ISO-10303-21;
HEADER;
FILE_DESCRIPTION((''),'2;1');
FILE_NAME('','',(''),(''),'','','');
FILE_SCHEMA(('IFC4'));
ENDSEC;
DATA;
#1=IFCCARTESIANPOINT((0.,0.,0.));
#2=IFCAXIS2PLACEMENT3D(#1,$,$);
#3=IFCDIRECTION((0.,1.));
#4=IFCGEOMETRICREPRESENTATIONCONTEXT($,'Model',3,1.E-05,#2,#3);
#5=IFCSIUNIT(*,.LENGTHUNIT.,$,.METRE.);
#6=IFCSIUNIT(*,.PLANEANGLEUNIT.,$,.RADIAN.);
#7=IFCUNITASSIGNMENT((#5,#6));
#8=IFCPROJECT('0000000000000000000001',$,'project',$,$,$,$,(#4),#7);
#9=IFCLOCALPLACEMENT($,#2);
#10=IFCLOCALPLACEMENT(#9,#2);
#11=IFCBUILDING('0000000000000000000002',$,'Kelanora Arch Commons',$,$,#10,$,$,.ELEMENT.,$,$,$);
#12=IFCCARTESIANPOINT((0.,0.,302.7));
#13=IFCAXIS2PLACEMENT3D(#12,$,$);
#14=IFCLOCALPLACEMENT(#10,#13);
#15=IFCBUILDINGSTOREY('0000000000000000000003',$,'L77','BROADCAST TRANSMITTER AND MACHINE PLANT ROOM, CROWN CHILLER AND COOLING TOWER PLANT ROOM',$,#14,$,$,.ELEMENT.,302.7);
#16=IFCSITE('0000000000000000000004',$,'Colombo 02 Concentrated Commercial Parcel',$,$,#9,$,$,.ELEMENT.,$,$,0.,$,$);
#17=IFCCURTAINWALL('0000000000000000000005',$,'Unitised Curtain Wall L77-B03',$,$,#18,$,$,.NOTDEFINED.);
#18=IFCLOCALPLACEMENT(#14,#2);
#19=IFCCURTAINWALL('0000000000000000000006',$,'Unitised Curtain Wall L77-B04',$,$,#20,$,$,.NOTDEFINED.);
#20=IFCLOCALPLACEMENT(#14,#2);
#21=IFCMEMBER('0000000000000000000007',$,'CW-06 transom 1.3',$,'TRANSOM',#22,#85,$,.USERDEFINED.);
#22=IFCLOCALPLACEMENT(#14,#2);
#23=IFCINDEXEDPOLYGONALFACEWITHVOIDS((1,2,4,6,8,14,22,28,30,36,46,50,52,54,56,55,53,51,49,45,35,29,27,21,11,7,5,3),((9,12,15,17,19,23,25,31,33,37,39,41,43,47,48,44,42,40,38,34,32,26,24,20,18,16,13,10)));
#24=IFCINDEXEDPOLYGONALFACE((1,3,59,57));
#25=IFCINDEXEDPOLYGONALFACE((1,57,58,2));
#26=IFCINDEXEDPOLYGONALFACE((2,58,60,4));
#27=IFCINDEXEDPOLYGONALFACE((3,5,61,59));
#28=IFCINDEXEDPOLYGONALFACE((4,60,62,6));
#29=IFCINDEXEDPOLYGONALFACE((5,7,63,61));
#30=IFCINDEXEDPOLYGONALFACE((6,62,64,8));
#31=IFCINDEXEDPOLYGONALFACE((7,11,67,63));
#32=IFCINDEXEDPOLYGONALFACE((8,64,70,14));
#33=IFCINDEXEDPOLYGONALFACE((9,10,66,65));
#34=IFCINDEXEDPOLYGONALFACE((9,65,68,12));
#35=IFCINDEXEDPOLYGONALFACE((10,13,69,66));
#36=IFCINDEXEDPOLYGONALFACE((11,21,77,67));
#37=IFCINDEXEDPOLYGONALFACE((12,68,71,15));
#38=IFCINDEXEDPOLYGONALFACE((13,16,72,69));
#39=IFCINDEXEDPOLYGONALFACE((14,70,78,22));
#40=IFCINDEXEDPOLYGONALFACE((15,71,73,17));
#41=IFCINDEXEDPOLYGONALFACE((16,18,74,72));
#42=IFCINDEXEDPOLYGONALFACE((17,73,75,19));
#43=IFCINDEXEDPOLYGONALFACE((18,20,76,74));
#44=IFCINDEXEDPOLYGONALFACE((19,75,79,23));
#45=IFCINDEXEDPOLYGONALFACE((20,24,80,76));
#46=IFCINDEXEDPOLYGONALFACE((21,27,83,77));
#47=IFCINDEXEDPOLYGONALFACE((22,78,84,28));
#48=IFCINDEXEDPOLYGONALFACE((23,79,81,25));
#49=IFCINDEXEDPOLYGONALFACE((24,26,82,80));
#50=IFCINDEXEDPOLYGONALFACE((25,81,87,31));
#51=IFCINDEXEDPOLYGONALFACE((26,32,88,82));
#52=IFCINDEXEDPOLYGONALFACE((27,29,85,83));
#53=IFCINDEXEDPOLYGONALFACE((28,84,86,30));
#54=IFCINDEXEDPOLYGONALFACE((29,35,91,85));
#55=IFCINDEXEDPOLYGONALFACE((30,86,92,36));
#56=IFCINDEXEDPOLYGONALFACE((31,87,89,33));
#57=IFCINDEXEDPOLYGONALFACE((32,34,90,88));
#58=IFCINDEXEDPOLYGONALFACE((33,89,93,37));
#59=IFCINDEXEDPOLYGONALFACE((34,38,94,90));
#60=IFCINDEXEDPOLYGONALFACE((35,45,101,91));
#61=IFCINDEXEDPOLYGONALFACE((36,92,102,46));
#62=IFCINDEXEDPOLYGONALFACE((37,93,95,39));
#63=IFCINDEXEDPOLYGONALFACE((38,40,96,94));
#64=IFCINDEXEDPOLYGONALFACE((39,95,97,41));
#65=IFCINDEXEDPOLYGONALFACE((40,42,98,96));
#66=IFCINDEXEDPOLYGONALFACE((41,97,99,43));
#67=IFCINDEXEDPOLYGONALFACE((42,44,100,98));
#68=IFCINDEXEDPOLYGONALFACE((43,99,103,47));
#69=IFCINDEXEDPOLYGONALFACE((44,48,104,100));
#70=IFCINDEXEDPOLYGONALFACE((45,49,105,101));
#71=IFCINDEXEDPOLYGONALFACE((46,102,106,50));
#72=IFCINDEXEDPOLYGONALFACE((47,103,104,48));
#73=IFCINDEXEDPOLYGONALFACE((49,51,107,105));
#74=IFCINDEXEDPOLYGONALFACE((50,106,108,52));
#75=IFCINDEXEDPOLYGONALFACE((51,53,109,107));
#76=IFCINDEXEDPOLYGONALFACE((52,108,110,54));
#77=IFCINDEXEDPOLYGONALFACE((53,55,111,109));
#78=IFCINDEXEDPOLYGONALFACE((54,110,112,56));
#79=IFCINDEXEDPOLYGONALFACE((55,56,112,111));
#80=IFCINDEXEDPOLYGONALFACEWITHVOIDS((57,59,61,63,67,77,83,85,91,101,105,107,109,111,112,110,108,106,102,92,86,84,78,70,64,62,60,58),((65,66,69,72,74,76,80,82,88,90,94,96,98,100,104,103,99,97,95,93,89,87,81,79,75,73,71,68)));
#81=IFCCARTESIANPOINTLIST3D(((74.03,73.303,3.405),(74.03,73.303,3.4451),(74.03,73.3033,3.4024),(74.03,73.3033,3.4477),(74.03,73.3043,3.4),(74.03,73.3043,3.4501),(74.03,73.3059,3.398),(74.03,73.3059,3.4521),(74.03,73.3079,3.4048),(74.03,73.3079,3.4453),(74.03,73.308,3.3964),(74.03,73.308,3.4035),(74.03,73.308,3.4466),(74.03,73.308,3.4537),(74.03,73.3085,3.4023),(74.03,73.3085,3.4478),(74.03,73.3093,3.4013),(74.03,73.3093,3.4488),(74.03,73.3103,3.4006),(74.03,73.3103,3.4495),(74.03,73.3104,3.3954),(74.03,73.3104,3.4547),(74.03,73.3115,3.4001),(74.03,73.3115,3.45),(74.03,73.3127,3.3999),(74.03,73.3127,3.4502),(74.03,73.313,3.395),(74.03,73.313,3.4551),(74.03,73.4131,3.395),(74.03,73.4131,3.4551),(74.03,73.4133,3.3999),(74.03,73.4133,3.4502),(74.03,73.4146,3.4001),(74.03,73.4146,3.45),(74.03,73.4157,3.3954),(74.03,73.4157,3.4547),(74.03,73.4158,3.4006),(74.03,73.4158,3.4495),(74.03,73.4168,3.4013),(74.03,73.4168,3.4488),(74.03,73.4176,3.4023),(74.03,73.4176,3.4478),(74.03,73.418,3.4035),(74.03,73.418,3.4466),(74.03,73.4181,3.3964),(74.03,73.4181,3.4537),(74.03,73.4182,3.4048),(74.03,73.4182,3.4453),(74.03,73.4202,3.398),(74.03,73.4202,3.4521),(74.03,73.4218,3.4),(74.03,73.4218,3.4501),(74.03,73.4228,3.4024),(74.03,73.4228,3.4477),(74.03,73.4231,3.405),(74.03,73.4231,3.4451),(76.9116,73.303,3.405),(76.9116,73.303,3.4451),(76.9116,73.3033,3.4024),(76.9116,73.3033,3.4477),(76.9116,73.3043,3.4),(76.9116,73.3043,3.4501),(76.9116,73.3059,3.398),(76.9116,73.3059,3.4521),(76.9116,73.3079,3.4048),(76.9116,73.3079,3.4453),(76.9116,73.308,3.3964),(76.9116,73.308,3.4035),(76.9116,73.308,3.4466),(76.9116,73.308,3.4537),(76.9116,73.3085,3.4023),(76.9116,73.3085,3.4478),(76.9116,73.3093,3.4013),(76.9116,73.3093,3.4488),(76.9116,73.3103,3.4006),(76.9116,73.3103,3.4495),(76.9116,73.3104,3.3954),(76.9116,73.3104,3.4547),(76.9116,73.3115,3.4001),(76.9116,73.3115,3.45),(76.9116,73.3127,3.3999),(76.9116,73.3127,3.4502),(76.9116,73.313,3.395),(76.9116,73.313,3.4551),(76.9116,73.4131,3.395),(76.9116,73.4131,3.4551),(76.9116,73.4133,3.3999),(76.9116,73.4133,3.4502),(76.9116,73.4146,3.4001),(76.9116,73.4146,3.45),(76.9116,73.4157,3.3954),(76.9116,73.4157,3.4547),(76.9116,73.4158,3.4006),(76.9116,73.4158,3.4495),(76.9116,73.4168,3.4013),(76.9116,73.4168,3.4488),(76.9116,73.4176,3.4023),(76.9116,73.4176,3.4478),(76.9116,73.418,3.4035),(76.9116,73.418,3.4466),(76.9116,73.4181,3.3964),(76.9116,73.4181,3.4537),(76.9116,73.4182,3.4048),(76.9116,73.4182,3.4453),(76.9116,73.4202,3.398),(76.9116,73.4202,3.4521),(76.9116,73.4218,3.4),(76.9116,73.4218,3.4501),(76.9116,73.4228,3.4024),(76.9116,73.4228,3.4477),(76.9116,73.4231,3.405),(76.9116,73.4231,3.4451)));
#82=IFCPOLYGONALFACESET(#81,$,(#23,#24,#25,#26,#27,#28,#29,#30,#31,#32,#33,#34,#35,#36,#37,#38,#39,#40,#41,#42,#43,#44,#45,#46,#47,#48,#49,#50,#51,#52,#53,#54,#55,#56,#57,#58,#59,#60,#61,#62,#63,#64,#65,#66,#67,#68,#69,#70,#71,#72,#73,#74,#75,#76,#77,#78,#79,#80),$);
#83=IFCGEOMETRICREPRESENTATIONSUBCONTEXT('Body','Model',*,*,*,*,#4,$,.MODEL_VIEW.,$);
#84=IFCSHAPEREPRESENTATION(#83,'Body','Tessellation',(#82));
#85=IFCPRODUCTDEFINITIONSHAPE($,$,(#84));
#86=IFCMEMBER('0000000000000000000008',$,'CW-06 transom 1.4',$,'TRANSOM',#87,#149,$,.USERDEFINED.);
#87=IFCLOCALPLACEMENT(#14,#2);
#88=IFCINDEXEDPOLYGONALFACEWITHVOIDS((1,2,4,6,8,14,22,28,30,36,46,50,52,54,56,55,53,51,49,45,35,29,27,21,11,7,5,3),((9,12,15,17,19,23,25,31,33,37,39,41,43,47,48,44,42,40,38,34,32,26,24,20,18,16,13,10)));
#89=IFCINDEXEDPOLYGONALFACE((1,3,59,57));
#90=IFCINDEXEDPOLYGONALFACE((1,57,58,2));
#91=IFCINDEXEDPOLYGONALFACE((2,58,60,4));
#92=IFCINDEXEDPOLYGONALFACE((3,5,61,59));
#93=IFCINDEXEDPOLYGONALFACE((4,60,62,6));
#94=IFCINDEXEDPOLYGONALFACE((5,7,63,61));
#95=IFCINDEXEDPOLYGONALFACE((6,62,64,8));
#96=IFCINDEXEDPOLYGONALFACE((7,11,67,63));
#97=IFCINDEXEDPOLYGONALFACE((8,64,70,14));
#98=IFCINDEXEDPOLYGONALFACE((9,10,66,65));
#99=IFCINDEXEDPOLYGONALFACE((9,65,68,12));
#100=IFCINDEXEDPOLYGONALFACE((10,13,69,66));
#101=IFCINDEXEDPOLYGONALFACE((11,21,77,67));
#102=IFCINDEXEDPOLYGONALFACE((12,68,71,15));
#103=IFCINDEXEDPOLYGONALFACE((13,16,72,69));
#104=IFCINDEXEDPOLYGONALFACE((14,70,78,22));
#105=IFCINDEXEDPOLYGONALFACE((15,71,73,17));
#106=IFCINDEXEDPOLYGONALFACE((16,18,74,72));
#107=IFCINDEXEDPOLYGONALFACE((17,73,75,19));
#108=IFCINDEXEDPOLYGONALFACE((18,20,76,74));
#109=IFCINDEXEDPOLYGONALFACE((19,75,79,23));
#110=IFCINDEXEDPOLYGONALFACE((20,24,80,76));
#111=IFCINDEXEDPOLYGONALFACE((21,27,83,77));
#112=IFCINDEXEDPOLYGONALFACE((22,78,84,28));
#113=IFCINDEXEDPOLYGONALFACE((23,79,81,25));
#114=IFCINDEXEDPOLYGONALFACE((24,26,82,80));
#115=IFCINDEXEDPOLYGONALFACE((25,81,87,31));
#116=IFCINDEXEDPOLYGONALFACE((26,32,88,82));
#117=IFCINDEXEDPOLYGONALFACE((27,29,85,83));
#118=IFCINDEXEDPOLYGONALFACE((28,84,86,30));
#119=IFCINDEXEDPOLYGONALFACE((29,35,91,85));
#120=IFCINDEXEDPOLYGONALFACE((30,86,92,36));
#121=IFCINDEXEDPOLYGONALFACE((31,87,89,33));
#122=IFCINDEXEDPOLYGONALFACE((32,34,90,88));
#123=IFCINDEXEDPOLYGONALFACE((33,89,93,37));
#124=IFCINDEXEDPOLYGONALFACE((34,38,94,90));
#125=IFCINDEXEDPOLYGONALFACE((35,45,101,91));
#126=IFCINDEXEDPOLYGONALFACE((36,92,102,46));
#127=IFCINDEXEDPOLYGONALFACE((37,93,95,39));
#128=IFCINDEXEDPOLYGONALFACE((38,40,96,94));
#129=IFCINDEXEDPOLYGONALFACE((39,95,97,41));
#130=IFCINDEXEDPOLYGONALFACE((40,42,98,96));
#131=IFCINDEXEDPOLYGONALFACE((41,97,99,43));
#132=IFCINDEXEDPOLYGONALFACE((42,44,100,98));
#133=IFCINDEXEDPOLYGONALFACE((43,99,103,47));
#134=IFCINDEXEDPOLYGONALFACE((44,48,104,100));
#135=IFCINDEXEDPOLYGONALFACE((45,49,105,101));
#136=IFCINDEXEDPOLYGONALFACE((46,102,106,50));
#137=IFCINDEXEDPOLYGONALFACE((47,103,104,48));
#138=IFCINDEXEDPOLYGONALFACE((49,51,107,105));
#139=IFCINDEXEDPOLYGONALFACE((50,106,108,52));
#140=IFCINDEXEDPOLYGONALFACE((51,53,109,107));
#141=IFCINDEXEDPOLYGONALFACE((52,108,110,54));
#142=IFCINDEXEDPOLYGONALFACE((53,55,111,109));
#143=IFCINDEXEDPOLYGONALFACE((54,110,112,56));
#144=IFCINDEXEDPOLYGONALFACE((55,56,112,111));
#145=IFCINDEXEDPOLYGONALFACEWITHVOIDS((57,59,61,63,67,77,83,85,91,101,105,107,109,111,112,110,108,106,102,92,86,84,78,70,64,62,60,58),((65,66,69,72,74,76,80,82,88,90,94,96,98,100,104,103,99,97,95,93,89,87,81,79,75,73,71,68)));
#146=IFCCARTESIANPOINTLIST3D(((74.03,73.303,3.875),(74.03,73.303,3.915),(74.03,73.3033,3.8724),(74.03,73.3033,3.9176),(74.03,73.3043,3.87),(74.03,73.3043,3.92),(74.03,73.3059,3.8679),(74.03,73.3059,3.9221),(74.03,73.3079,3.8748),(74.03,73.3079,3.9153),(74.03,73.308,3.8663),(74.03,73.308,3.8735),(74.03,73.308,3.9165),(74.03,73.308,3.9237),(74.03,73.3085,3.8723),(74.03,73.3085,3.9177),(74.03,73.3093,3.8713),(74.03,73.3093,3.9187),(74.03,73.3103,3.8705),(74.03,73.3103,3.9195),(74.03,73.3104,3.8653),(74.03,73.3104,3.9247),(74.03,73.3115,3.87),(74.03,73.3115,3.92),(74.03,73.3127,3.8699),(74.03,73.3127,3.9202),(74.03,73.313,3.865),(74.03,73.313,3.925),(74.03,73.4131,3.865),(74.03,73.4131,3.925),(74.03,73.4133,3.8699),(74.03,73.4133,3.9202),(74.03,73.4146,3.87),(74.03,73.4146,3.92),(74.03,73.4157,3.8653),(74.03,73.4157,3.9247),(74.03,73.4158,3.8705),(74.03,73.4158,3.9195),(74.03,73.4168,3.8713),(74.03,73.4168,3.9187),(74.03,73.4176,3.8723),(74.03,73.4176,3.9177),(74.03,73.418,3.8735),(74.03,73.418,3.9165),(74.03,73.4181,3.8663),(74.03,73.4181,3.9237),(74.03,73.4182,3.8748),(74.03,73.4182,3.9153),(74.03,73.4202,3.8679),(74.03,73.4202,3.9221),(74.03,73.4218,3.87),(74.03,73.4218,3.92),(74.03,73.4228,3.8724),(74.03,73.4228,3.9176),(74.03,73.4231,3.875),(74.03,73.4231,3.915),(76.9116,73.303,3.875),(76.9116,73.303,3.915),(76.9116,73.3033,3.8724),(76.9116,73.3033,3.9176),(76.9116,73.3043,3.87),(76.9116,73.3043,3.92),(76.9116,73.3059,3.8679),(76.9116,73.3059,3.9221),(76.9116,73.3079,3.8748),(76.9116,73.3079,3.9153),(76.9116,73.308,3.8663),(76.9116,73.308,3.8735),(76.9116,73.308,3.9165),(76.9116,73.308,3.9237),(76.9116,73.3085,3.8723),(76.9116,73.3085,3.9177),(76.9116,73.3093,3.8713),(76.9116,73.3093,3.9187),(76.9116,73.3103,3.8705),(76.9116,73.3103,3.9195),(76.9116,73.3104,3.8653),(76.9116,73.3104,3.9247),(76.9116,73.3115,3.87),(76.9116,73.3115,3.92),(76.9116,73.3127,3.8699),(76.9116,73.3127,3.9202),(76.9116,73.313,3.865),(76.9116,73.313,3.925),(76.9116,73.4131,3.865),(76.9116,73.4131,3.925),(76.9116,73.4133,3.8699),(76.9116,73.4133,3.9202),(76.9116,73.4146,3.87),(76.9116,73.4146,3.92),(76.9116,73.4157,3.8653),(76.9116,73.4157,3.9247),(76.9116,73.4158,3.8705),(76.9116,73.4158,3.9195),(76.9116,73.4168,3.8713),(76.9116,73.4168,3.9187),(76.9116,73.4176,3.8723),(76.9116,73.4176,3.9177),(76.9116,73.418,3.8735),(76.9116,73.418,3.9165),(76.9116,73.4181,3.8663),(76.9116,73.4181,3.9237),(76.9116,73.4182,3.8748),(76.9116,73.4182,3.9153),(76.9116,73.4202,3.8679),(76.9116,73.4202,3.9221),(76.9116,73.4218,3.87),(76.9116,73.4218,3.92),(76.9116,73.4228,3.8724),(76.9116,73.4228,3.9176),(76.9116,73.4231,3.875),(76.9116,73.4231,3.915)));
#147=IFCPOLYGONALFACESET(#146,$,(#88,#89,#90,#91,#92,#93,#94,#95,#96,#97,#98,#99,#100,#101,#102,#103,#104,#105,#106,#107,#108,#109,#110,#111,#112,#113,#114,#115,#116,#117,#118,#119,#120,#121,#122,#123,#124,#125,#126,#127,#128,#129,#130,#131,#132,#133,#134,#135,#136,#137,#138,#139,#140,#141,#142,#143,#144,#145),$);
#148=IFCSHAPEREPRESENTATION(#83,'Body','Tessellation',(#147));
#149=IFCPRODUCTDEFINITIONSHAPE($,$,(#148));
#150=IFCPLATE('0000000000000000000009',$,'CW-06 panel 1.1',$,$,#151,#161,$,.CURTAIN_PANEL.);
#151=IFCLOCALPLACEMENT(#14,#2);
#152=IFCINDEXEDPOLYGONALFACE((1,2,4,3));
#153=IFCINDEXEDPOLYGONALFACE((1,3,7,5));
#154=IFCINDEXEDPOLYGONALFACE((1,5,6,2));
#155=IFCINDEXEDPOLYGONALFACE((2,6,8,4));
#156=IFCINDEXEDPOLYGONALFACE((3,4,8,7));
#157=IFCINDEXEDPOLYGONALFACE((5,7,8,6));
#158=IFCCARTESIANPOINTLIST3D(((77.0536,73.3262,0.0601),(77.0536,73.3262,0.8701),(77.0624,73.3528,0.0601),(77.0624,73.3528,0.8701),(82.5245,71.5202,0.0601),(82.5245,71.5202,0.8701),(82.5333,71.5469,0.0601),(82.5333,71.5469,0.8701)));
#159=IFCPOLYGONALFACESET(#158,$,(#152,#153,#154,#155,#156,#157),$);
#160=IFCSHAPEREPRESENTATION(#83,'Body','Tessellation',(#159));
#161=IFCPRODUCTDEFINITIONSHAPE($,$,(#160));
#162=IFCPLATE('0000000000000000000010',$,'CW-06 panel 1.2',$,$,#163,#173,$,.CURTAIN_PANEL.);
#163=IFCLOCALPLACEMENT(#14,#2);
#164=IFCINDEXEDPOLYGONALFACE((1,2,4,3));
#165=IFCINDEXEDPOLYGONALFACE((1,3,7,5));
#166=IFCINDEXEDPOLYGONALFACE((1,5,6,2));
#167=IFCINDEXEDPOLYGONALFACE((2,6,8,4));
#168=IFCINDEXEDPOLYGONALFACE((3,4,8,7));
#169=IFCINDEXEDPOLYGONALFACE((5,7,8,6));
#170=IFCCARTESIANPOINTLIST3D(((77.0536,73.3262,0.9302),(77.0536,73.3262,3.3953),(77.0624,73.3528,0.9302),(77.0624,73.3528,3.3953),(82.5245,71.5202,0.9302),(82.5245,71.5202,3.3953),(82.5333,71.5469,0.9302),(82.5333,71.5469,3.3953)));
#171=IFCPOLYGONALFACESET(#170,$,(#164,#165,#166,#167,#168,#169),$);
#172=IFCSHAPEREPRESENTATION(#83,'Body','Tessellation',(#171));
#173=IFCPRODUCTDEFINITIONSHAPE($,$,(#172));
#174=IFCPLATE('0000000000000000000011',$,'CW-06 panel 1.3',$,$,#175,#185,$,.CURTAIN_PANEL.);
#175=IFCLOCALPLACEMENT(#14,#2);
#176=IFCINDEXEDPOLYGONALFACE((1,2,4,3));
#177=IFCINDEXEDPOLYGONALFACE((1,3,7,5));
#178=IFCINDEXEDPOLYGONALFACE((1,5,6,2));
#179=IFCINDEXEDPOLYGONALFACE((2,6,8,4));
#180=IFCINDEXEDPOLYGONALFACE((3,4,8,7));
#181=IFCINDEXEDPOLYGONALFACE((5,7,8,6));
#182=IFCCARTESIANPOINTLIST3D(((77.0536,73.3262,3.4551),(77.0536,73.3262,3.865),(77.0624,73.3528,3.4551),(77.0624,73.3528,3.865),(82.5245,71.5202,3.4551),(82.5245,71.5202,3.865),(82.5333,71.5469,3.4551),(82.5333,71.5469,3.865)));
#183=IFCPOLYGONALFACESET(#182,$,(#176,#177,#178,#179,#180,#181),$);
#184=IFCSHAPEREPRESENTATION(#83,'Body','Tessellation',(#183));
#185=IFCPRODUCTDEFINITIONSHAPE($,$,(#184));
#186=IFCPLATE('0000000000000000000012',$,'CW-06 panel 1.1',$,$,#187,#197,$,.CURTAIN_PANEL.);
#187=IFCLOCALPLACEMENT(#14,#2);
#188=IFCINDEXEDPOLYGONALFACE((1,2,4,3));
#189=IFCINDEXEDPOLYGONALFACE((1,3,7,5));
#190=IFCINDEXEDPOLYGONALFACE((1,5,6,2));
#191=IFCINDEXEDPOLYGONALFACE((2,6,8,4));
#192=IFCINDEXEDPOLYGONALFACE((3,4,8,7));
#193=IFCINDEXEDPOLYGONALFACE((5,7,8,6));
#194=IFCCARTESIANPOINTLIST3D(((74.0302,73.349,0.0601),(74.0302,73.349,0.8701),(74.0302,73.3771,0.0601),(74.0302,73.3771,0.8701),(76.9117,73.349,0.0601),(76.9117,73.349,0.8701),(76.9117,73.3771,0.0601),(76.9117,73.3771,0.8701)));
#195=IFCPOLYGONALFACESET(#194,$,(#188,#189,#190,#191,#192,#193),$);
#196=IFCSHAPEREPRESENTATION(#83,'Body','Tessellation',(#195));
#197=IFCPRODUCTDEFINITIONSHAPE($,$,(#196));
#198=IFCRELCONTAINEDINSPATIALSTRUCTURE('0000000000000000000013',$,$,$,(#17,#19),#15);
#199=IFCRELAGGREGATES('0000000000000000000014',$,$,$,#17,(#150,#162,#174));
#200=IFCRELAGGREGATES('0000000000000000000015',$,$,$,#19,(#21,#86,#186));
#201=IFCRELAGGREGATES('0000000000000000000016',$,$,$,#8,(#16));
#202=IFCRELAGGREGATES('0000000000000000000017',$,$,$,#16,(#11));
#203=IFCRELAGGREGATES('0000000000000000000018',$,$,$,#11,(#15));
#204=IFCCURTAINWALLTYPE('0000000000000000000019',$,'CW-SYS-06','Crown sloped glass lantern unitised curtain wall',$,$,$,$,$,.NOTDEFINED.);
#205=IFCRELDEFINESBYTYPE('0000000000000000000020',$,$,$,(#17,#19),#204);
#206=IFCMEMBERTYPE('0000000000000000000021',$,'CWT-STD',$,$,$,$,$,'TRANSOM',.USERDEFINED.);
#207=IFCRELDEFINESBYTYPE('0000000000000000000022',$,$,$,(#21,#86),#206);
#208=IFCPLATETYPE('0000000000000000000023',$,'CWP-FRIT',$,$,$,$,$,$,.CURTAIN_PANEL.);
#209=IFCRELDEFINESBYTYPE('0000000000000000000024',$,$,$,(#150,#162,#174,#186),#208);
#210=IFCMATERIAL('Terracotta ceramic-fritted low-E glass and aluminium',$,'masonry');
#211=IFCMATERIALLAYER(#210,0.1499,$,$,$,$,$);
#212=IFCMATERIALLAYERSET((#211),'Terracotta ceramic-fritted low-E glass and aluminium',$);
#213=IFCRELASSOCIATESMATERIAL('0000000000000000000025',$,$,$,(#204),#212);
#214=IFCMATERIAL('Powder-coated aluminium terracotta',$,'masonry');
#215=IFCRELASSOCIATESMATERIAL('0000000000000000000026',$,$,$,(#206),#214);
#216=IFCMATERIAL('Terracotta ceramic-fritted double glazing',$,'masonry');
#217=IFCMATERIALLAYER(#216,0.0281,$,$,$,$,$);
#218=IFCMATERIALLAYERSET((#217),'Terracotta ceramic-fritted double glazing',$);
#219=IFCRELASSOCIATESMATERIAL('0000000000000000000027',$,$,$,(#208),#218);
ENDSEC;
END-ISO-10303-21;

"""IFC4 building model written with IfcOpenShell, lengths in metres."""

from ifc_helpers import new_model, si_unit, direction, frame, origin, origin_2d, place, context, subcontext, project, spatial, rectangle, hollow_rectangle, extrude, source, transform, mapped, material, layer, layer_set, material_profile, profile_set, type_object, element, aggregate, save


model = new_model("IFC4")

# Units and contexts
model_context = context("Model", 3, precision=1e-05, world=origin(), true_north=direction((0.0, 1.0)))
body_context = subcontext(model_context, "Body", "Model", "MODEL_VIEW")
ifc_project = project(units=[si_unit("LENGTHUNIT", "METRE"), si_unit("PLANEANGLEUNIT", "RADIAN")], contexts=[model_context])

# Site, building, storey
site_placement = place(None, origin())
site = spatial("IfcSite", under=ifc_project, at=site_placement, Name="Colombo 02 Concentrated Commercial Parcel", CompositionType="ELEMENT", RefElevation=0.0)
building_placement = place(site_placement, origin())
building = spatial("IfcBuilding", under=site, at=building_placement, Name="Kelanora Arch Commons", CompositionType="ELEMENT")
storey_placement = place(building_placement, frame((0.0, 0.0, 302.7)))
storey = spatial("IfcBuildingStorey", under=building, at=storey_placement, Name="L77", Description="BROADCAST TRANSMITTER AND MACHINE PLANT ROOM, CROWN CHILLER AND COOLING TOWER PLANT ROOM", CompositionType="ELEMENT", Elevation=302.7)

# Curtain wall
ifc_material_1 = material(Name="Terracotta ceramic-fritted low-E glass and aluminium", Category="masonry")
ifc_layer_1 = layer(ifc_material_1, 0.1499)
ifc_layer_set_1 = layer_set([ifc_layer_1], Name="Terracotta ceramic-fritted low-E glass and aluminium")
curtain_wall_type = type_object("IfcCurtainWallType", Name="CW-SYS-06", Description="Crown sloped glass lantern unitised curtain wall", PredefinedType="NOTDEFINED", material=ifc_layer_set_1)
curtain_wall_1_placement = place(storey_placement, origin())
curtain_wall_1 = element("IfcCurtainWall", 1, at=curtain_wall_1_placement, inside=storey, type_object=curtain_wall_type, Name="Unitised Curtain Wall L77-B03", PredefinedType="NOTDEFINED")
ifc_material_2 = material(Name="Powder-coated aluminium terracotta", Category="masonry")

# Curtain wall
curtain_wall_2_placement = place(storey_placement, origin())
curtain_wall_2 = element("IfcCurtainWall", 2, at=curtain_wall_2_placement, inside=storey, type_object=curtain_wall_type, Name="Unitised Curtain Wall L77-B04", PredefinedType="NOTDEFINED")

# Members
ifc_material_profile_1 = material_profile(ifc_material_2, hollow_rectangle(XDim=0.1201, YDim=0.0601, WallThickness=0.0049, InnerFilletRadius=0.0049, OuterFilletRadius=0.01, at=origin_2d()), Name="CWT120x60")
ifc_profile_set_1 = profile_set([ifc_material_profile_1], Name="Powder-coated aluminium terracotta")
member_type_1 = type_object("IfcMemberType", Name="CWT-STD", ElementType="TRANSOM", PredefinedType="USERDEFINED", material=ifc_profile_set_1)
member_1_placement = place(storey_placement, frame((76.9116, 73.363, 3.425), z_axis=(-1.0, 0.0, 0.0), x_axis=(0.0, -1.0, 0.0)))
member_1 = element("IfcMember", 3, at=member_1_placement, type_object=member_type_1, Name="CW-06 transom 1.3", ObjectType="TRANSOM", PredefinedType="USERDEFINED", context=body_context, shape_type="SweptSolid", body=[
    extrude(hollow_rectangle(XDim=0.1201, YDim=0.0601, WallThickness=0.0049, InnerFilletRadius=0.0049, OuterFilletRadius=0.01, at=origin_2d()), origin(), (0.0, 0.0, 1.0), 2.8816),
])
member_2_placement = place(storey_placement, frame((76.9116, 73.363, 3.895), z_axis=(-1.0, 0.0, 0.0), x_axis=(0.0, -1.0, 0.0)))
member_2 = element("IfcMember", 4, at=member_2_placement, type_object=member_type_1, Name="CW-06 transom 1.4", ObjectType="TRANSOM", PredefinedType="USERDEFINED", context=body_context, shape_type="SweptSolid", body=[
    extrude(hollow_rectangle(XDim=0.1201, YDim=0.0601, WallThickness=0.0049, InnerFilletRadius=0.0049, OuterFilletRadius=0.01, at=origin_2d()), origin(), (0.0, 0.0, 1.0), 2.8816),
])

# Plates
ifc_material_3 = material(Name="Terracotta ceramic-fritted double glazing", Category="masonry")
ifc_layer_2 = layer(ifc_material_3, 0.0281)
ifc_layer_set_2 = layer_set([ifc_layer_2], Name="Terracotta ceramic-fritted double glazing")
plate_type = type_object("IfcPlateType", Name="CWP-FRIT", PredefinedType="CURTAIN_PANEL", material=ifc_layer_set_2)
shared_shape_1 = source(origin(), body_context, "Body", "SweptSolid", [
    extrude(rectangle(XDim=5.7612, YDim=0.0281, at=origin_2d()), origin(), (0.0, 0.0, 1.0), 0.8101),
])
plate_1_placement = place(storey_placement, frame((79.7935, 72.4365, 0.0601), z_axis=(0.0, 0.0, 1.0), x_axis=(-0.949599, 0.313467, 0.0)))
plate_1 = element("IfcPlate", 5, at=plate_1_placement, type_object=plate_type, Name="CW-06 panel 1.1", PredefinedType="CURTAIN_PANEL", context=body_context, shape_type="MappedRepresentation", body=[
    mapped(shared_shape_1, transform((0.0, 0.0, 0.0), scale=1.0)),
])
shared_shape_2 = source(origin(), body_context, "Body", "SweptSolid", [
    extrude(rectangle(XDim=5.7612, YDim=0.0281, at=origin_2d()), origin(), (0.0, 0.0, 1.0), 2.4651),
])
plate_2_placement = place(storey_placement, frame((79.7935, 72.4365, 0.9302), z_axis=(0.0, 0.0, 1.0), x_axis=(-0.949599, 0.313467, 0.0)))
plate_2 = element("IfcPlate", 6, at=plate_2_placement, type_object=plate_type, Name="CW-06 panel 1.2", PredefinedType="CURTAIN_PANEL", context=body_context, shape_type="MappedRepresentation", body=[
    mapped(shared_shape_2, transform((0.0, 0.0, 0.0), scale=1.0)),
])
shared_shape_3 = source(origin(), body_context, "Body", "SweptSolid", [
    extrude(rectangle(XDim=5.7612, YDim=0.0281, at=origin_2d()), origin(), (0.0, 0.0, 1.0), 0.4099),
])
plate_3_placement = place(storey_placement, frame((79.7935, 72.4365, 3.4551), z_axis=(0.0, 0.0, 1.0), x_axis=(-0.949599, 0.313467, 0.0)))
plate_3 = element("IfcPlate", 7, at=plate_3_placement, type_object=plate_type, Name="CW-06 panel 1.3", PredefinedType="CURTAIN_PANEL", context=body_context, shape_type="MappedRepresentation", body=[
    mapped(shared_shape_3, transform((0.0, 0.0, 0.0), scale=1.0)),
])
aggregate(curtain_wall_1, [plate_1, plate_2, plate_3])
shared_shape_4 = source(origin(), body_context, "Body", "SweptSolid", [
    extrude(rectangle(XDim=2.8816, YDim=0.0281, at=origin_2d()), origin(), (0.0, 0.0, 1.0), 0.8101),
])
plate_4_placement = place(storey_placement, frame((75.4709, 73.363, 0.0601), z_axis=(0.0, 0.0, 1.0), x_axis=(-1.0, 0.0, 0.0)))
plate_4 = element("IfcPlate", 8, at=plate_4_placement, type_object=plate_type, Name="CW-06 panel 1.1", PredefinedType="CURTAIN_PANEL", context=body_context, shape_type="MappedRepresentation", body=[
    mapped(shared_shape_4, transform((0.0, 0.0, 0.0), scale=1.0)),
])
aggregate(curtain_wall_2, [member_1, member_2, plate_4])

save(model, "model.ifc")
